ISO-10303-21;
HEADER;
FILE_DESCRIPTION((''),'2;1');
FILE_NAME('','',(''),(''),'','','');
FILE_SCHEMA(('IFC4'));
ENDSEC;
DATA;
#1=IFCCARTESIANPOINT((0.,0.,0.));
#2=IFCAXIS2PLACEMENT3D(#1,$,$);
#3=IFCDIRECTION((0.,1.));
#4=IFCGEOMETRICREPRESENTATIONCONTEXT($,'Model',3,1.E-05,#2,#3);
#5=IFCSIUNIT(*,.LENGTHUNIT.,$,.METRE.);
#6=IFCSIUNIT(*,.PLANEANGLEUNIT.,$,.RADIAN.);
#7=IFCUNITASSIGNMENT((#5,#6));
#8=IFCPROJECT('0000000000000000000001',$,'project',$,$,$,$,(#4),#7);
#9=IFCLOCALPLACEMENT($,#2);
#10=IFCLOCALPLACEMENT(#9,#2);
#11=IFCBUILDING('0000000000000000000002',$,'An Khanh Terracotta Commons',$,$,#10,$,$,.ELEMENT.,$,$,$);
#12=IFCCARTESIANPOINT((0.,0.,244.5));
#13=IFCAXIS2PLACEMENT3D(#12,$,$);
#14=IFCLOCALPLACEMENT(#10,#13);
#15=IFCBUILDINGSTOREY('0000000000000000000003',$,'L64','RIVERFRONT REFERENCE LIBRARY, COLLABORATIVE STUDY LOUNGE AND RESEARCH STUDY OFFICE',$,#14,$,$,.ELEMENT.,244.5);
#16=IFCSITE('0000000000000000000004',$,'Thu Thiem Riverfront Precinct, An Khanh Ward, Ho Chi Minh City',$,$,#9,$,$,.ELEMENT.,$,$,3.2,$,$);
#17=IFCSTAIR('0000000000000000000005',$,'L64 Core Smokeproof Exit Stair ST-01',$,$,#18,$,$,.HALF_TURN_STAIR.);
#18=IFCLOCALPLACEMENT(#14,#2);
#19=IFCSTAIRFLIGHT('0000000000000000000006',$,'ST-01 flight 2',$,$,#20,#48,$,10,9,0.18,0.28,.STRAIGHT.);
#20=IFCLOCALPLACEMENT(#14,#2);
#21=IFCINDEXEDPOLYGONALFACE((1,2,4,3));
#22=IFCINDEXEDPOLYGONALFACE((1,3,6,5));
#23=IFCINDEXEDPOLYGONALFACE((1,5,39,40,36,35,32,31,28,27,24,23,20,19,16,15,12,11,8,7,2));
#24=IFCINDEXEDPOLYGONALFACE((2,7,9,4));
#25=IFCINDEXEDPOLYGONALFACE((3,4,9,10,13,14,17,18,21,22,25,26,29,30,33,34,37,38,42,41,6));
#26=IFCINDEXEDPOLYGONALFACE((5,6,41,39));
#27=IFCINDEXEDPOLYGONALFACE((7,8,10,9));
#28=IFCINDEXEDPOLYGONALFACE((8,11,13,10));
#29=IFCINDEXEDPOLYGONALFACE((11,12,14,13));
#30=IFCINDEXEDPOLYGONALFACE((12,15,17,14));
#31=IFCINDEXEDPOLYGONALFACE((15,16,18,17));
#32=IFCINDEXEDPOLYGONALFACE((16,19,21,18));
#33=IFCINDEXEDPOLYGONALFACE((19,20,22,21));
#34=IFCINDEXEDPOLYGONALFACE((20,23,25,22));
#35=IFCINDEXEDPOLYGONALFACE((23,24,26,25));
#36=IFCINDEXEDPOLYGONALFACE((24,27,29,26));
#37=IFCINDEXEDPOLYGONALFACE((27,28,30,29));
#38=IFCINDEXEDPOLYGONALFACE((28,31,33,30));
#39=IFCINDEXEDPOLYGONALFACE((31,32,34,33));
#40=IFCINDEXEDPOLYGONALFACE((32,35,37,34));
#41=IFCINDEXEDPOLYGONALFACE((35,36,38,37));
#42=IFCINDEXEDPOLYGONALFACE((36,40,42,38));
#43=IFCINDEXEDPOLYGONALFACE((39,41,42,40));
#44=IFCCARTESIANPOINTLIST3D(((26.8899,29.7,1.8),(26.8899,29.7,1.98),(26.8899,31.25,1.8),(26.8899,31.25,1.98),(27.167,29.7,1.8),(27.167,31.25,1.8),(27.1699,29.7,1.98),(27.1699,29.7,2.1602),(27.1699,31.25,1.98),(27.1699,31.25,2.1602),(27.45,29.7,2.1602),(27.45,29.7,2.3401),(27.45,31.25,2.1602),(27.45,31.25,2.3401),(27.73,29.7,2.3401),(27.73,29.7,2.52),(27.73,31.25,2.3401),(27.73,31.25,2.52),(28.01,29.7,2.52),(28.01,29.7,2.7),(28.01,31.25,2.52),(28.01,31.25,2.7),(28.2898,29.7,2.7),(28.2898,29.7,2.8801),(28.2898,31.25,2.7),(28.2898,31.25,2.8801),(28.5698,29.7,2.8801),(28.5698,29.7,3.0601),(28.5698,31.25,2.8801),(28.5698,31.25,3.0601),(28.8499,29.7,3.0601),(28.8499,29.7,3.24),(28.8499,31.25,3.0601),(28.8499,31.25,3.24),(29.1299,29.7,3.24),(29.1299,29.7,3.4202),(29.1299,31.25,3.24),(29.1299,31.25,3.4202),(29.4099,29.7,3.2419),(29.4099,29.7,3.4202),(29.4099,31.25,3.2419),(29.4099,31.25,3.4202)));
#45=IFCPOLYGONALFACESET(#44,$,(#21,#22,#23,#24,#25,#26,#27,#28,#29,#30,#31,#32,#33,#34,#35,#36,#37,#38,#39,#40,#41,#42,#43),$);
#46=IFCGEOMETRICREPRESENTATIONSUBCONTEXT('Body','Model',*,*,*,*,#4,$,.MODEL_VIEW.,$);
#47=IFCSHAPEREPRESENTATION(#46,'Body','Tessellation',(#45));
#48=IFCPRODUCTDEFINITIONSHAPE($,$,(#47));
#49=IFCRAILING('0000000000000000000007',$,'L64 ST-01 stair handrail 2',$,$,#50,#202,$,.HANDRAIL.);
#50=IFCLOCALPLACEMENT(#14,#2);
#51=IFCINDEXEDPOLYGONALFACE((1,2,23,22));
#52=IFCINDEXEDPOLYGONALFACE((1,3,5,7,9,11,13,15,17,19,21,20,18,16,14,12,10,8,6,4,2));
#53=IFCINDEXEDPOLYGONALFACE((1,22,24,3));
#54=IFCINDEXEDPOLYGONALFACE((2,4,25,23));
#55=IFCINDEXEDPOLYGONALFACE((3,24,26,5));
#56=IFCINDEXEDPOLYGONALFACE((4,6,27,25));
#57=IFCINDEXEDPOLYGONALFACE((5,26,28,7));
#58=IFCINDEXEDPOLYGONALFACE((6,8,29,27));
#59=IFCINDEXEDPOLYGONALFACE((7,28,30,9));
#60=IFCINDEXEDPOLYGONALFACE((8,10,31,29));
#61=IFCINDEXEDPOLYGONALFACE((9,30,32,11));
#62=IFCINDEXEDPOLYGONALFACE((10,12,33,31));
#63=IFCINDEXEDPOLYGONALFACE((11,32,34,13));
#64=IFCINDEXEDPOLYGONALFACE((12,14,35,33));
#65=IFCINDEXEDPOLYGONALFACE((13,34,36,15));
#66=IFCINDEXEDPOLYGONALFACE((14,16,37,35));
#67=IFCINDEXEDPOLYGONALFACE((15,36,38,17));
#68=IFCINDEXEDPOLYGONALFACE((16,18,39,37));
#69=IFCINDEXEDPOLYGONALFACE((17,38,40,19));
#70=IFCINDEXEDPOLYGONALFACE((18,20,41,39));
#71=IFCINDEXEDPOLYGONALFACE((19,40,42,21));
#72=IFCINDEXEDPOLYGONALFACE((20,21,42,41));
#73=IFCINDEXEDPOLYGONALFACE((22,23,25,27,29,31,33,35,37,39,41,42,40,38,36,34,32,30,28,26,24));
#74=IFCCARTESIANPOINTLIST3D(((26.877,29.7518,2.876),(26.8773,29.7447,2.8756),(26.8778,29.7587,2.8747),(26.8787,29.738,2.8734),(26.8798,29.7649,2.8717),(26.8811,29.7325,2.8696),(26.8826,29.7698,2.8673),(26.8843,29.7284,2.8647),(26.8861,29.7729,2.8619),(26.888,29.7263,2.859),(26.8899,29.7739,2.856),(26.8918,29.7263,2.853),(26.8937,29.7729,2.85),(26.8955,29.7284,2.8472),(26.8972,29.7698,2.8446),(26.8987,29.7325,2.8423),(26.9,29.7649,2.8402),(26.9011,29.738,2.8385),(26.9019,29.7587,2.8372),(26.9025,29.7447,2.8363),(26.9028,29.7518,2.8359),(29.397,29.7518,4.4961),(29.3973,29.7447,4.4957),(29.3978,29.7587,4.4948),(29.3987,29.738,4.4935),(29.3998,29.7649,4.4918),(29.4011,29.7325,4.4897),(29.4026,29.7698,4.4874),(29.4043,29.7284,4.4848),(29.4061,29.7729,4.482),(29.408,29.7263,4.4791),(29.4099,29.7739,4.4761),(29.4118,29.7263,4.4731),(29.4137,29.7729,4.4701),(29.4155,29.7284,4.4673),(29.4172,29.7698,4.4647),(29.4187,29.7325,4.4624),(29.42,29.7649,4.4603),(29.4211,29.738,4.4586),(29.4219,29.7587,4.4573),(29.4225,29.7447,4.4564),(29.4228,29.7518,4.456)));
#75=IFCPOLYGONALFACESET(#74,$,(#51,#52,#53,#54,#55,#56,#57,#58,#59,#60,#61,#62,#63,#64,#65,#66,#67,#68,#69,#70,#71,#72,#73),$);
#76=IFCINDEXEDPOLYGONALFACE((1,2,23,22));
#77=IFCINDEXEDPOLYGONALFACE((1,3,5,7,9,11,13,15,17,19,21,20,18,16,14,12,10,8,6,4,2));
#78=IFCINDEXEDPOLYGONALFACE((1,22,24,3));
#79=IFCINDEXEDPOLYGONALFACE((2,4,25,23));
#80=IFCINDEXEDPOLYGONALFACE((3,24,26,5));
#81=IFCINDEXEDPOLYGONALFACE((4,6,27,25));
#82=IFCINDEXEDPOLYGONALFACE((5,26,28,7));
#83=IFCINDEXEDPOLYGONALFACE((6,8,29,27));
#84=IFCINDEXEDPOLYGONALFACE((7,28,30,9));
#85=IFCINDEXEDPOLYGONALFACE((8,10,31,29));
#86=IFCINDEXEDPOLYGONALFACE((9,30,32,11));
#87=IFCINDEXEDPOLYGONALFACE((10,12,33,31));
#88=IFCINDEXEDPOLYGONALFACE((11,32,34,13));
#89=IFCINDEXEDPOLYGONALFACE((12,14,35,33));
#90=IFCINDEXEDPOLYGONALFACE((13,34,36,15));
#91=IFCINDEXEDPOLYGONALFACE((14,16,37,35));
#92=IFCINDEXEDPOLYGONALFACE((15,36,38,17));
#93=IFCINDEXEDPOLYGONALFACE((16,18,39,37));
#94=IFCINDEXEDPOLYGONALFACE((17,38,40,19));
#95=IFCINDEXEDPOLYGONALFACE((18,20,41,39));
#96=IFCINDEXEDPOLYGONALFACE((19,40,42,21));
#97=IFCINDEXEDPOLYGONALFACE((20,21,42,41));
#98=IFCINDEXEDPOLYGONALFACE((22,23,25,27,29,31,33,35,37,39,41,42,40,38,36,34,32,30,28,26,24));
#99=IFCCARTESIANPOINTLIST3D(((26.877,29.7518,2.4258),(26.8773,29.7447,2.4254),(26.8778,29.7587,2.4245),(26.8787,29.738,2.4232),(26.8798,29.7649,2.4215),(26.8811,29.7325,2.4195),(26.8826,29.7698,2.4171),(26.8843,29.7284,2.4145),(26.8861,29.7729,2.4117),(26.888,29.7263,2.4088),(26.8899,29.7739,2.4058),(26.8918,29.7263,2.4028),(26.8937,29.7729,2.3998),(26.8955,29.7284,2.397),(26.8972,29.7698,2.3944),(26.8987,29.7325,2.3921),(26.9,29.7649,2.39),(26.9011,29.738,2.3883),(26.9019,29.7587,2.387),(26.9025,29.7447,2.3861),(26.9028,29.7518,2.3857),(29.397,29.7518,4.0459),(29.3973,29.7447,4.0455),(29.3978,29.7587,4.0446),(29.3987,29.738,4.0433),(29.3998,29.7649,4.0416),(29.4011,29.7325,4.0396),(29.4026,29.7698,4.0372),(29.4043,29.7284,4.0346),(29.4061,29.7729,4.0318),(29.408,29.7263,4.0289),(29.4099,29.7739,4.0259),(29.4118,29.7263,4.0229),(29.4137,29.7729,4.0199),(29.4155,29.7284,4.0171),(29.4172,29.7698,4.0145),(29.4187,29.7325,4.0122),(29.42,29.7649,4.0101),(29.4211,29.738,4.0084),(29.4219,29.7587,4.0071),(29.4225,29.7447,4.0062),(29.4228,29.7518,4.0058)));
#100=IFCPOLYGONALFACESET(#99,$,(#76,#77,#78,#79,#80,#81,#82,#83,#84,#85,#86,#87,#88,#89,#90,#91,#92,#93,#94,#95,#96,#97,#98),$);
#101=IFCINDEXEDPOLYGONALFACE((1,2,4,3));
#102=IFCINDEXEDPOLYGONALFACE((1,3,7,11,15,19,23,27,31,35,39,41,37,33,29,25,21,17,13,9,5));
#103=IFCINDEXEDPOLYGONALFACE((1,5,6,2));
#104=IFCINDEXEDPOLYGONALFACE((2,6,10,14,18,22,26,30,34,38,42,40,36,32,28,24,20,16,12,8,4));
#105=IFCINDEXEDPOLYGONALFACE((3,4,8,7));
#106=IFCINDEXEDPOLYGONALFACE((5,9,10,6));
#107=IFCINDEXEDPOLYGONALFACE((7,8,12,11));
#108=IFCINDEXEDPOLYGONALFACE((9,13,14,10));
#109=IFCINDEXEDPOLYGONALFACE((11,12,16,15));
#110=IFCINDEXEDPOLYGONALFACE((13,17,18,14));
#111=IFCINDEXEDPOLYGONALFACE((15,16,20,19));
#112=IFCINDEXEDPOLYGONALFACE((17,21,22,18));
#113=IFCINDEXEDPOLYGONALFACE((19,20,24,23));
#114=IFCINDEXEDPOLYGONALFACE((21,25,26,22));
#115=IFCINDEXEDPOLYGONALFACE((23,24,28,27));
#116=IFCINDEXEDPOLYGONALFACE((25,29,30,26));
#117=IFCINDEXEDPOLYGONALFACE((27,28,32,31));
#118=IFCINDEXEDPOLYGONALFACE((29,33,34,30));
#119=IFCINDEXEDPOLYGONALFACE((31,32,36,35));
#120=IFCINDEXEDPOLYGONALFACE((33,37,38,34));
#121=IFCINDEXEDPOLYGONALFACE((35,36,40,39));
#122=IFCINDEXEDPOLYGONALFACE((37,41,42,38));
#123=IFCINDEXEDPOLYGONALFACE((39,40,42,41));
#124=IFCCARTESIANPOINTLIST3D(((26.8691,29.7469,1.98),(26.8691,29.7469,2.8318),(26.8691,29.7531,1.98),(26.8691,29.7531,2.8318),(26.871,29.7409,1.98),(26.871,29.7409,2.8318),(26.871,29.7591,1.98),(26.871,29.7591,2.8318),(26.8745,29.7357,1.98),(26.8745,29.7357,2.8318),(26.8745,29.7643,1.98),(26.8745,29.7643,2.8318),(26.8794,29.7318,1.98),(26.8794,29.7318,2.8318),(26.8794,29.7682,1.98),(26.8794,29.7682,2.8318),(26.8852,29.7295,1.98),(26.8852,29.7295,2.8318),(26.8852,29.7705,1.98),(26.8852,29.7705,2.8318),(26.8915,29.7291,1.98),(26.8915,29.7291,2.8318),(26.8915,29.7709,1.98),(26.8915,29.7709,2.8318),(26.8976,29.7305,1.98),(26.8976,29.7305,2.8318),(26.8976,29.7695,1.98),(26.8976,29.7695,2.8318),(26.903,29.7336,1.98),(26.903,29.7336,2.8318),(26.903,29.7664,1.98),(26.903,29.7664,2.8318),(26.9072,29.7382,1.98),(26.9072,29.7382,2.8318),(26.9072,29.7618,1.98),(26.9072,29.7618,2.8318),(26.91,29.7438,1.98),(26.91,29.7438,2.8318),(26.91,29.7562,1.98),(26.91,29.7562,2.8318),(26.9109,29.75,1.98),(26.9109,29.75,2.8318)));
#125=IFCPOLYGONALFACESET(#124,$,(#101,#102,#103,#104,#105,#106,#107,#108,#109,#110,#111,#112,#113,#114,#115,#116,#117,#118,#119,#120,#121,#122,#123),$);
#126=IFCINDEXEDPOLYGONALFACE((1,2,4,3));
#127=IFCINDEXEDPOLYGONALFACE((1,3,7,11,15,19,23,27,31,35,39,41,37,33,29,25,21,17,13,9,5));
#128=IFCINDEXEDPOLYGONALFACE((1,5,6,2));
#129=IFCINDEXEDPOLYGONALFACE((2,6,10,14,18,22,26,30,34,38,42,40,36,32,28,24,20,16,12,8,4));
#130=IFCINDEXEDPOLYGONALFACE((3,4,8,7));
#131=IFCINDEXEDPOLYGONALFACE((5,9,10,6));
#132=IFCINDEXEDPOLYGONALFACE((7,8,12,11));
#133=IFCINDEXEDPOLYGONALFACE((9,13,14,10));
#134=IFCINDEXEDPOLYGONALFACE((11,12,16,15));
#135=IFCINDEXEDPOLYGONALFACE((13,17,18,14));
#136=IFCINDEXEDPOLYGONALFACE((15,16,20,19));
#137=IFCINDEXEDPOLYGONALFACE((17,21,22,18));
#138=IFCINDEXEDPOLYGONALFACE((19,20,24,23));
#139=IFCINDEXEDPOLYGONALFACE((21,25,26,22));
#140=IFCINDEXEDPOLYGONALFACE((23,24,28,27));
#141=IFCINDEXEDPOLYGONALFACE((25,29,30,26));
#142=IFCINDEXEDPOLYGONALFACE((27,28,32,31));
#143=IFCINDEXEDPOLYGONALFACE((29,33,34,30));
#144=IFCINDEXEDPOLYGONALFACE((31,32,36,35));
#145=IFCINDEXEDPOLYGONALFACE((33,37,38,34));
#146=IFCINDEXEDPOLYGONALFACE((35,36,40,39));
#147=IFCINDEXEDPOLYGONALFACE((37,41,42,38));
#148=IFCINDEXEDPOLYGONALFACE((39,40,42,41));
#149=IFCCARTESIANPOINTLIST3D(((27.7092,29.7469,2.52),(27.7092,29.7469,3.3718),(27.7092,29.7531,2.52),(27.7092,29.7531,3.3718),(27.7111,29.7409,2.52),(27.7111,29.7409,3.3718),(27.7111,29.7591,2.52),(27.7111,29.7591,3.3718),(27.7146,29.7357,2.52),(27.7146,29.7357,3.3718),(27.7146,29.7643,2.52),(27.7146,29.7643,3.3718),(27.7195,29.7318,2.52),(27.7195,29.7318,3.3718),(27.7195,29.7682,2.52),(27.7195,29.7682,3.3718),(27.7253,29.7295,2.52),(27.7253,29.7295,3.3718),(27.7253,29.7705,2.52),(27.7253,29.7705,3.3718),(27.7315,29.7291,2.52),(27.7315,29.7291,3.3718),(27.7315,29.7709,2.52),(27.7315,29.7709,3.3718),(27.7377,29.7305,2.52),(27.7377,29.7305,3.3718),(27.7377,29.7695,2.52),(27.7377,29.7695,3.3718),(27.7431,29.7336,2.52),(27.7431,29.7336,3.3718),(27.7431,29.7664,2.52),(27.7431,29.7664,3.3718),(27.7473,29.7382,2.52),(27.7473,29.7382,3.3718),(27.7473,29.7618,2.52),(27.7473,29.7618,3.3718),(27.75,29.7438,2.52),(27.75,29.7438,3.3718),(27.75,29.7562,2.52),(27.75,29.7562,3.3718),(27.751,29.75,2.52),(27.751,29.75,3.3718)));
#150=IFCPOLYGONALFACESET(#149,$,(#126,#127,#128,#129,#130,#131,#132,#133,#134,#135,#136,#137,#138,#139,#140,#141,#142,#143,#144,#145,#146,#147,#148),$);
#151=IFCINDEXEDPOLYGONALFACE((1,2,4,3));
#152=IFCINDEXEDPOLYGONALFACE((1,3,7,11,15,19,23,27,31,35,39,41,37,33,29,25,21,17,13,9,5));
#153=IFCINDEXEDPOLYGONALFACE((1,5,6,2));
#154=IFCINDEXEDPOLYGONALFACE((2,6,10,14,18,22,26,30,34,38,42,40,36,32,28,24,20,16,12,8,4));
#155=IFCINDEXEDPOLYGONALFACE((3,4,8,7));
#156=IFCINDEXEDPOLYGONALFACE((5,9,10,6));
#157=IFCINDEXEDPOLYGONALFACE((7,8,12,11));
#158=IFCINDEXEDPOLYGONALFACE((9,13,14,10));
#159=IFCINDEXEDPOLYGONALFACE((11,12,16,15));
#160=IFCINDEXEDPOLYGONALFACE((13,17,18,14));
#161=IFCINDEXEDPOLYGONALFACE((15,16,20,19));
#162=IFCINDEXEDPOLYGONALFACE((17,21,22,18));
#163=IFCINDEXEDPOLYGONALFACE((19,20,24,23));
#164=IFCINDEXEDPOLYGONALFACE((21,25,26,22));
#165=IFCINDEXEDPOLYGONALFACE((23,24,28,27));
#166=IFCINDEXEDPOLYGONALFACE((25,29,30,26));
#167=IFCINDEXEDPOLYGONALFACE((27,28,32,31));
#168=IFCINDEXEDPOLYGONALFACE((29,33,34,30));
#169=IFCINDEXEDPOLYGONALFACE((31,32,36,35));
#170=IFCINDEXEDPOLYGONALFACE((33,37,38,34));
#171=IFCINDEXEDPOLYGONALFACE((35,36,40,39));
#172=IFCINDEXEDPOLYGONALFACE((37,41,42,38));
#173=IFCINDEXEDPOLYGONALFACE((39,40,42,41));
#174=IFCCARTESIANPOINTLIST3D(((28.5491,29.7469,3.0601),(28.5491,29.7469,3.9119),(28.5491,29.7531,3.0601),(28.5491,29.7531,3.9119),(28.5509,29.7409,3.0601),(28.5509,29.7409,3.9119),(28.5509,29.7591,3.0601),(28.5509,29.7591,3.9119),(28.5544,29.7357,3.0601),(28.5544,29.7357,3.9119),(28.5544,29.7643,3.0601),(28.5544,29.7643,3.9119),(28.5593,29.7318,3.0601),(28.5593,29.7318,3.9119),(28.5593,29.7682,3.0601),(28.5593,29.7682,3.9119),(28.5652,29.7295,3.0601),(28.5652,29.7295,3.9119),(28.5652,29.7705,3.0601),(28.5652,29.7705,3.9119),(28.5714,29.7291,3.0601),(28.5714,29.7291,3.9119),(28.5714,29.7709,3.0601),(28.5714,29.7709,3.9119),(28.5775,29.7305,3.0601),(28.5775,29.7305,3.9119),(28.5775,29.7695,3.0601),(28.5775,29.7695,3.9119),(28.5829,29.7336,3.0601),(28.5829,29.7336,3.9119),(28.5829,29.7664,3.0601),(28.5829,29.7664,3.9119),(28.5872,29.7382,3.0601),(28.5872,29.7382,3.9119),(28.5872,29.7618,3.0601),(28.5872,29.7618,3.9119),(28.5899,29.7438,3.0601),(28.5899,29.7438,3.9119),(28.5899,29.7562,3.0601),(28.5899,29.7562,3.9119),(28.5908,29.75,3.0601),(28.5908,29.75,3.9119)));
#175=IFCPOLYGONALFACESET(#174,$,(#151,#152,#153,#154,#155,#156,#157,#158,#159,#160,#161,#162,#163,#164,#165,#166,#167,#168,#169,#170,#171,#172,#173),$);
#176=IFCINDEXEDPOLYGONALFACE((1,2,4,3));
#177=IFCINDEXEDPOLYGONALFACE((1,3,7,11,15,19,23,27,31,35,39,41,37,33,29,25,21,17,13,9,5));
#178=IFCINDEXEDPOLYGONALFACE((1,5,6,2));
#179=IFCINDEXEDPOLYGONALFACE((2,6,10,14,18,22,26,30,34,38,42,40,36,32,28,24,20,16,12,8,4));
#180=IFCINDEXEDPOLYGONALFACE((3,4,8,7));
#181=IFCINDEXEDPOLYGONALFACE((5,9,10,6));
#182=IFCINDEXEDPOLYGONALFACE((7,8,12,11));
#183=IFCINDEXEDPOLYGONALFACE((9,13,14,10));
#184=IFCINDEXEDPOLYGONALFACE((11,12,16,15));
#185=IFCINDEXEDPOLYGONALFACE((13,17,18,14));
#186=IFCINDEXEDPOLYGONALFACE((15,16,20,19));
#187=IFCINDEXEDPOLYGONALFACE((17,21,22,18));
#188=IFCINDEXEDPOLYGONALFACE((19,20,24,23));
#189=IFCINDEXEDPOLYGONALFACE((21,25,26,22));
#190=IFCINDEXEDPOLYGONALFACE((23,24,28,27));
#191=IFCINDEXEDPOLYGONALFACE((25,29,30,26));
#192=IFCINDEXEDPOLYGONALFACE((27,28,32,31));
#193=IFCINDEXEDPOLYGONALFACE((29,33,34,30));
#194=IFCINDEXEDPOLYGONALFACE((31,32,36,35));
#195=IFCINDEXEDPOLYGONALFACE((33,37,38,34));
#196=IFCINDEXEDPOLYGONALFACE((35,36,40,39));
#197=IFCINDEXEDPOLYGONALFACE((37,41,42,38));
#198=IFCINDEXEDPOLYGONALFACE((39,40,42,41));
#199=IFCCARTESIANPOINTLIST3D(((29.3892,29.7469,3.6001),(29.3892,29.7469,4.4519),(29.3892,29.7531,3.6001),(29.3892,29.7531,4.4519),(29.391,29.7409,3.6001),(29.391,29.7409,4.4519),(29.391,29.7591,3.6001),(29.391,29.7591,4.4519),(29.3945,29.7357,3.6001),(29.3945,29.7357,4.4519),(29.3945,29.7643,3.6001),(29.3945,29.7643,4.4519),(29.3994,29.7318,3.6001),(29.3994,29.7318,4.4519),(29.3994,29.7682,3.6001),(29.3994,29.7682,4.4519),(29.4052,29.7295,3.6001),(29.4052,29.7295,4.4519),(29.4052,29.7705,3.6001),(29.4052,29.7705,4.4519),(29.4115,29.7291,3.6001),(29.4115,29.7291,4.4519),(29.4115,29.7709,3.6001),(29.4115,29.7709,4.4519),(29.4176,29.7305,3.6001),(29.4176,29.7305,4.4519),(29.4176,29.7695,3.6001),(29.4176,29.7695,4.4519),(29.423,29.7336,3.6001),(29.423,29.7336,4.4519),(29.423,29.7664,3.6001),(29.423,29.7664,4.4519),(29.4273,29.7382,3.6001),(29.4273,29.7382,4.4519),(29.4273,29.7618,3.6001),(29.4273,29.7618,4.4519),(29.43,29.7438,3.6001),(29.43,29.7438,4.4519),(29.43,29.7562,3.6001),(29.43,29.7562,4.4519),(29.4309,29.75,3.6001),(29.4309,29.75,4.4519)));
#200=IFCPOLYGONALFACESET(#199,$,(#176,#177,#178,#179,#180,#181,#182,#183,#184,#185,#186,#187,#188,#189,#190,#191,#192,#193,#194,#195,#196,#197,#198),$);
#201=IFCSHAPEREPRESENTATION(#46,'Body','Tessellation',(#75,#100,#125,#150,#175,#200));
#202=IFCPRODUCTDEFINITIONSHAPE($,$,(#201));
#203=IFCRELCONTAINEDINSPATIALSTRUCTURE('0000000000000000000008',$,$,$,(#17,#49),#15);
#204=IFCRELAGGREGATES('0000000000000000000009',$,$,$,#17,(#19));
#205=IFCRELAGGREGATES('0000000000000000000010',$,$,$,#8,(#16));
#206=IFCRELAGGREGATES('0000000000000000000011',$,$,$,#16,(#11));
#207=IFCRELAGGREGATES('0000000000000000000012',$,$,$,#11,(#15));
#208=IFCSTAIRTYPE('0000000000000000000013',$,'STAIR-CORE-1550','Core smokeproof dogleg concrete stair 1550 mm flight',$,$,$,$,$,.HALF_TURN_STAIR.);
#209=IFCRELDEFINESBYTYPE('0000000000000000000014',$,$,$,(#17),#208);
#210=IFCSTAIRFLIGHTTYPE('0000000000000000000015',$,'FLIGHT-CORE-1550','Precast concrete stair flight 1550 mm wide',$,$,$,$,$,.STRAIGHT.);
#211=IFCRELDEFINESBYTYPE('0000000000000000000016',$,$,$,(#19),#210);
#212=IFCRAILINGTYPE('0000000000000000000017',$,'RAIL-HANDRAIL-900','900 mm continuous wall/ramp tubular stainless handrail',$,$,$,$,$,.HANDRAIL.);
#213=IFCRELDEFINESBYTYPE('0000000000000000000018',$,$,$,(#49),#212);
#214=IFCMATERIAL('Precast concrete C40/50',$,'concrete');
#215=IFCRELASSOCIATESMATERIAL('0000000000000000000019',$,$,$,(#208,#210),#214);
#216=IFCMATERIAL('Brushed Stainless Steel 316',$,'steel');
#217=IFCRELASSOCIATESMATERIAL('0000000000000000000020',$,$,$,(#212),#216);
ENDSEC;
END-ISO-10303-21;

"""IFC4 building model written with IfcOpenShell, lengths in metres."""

from ifc_helpers import new_model, si_unit, direction, frame, origin, origin_2d, place, context, subcontext, project, spatial, polyline, circle, outline, extrude, material, type_object, element, aggregate, save


model = new_model("IFC4")

# Units and contexts
model_context = context("Model", 3, precision=1e-05, world=origin(), true_north=direction((0.0, 1.0)))
body_context = subcontext(model_context, "Body", "Model", "MODEL_VIEW")
ifc_project = project(units=[si_unit("LENGTHUNIT", "METRE"), si_unit("PLANEANGLEUNIT", "RADIAN")], contexts=[model_context])

# Site, building, storey
site_placement = place(None, origin())
site = spatial("IfcSite", under=ifc_project, at=site_placement, Name="Thu Thiem Riverfront Precinct, An Khanh Ward, Ho Chi Minh City", CompositionType="ELEMENT", RefElevation=3.2)
building_placement = place(site_placement, origin())
building = spatial("IfcBuilding", under=site, at=building_placement, Name="An Khanh Terracotta Commons", CompositionType="ELEMENT")
storey_placement = place(building_placement, frame((0.0, 0.0, 244.5)))
storey = spatial("IfcBuildingStorey", under=building, at=storey_placement, Name="L64", Description="RIVERFRONT REFERENCE LIBRARY, COLLABORATIVE STUDY LOUNGE AND RESEARCH STUDY OFFICE", CompositionType="ELEMENT", Elevation=244.5)

# Stair, stair flight
ifc_material_1 = material(Name="Precast concrete C40/50", Category="concrete")
stair_type = type_object("IfcStairType", Name="STAIR-CORE-1550", Description="Core smokeproof dogleg concrete stair 1550 mm flight", PredefinedType="HALF_TURN_STAIR", material=ifc_material_1)
stair_placement = place(storey_placement, origin())
stair = element("IfcStair", 1, at=stair_placement, inside=storey, type_object=stair_type, Name="L64 Core Smokeproof Exit Stair ST-01", PredefinedType="HALF_TURN_STAIR")
stair_flight_type = type_object("IfcStairFlightType", Name="FLIGHT-CORE-1550", Description="Precast concrete stair flight 1550 mm wide", PredefinedType="STRAIGHT", material=ifc_material_1)
stair_flight_1_placement = place(storey_placement, frame((26.8899, 30.4751, 1.8), z_axis=(0.0, 0.0, 1.0), x_axis=(1.0, 0.0, 0.0)))
stair_flight_1 = element("IfcStairFlight", 2, at=stair_flight_1_placement, type_object=stair_flight_type, Name="ST-01 flight 2", NumberOfRisers=10, NumberOfTreads=9, PredefinedType="STRAIGHT", RiserHeight=0.18, TreadLength=0.28, context=body_context, shape_type="SweptSolid", body=[
    extrude(outline(polyline([(0.0, 0.0), (0.0, 0.1799), (0.28, 0.1799), (0.28, 0.3601), (0.5601, 0.3601), (0.5601, 0.54), (0.8401, 0.54), (0.8401, 0.72), (1.1201, 0.72), (1.1201, 0.8999), (1.3999, 0.8999), (1.3999, 1.0801), (1.6799, 1.0801), (1.6799, 1.26), (1.96, 1.26), (1.96, 1.4399), (2.24, 1.4399), (2.24, 1.6201), (2.52, 1.6201), (2.52, 1.8), (2.52, 1.4419), (0.2771, 0.0), (0.0, 0.0)])), frame((0.0, 0.7749, 0.0), z_axis=(0.0, -1.0, 0.0), x_axis=(1.0, 0.0, 0.0)), (0.0, 0.0, 1.0), 1.55),
])
aggregate(stair, [stair_flight_1])

# Railing
ifc_material_2 = material(Name="Brushed Stainless Steel 316", Category="steel")
railing_type_1 = type_object("IfcRailingType", Name="RAIL-HANDRAIL-900", Description="900 mm continuous wall/ramp tubular stainless handrail", PredefinedType="HANDRAIL", material=ifc_material_2)
railing_1_placement = place(storey_placement, frame((26.8899, 29.75, 1.98)))
element("IfcRailing", 3, at=railing_1_placement, inside=storey, type_object=railing_type_1, Name="L64 ST-01 stair handrail 2", PredefinedType="HANDRAIL", context=body_context, shape_type="SweptSolid", body=[
    extrude(circle(Radius=0.0239, at=origin_2d()), frame((0.0, 0.0, 0.876), z_axis=(0.841163, 0.0, 0.540782), x_axis=(0.0, 1.0, 0.0)), (0.0, 0.0, 1.0), 2.9958),
    extrude(circle(Radius=0.0239, at=origin_2d()), frame((0.0, 0.0, 0.4258), z_axis=(0.841163, 0.0, 0.540782), x_axis=(0.0, 1.0, 0.0)), (0.0, 0.0, 1.0), 2.9958),
    extrude(circle(Radius=0.021, at=origin_2d()), origin(), (0.0, 0.0, 1.0), 0.8518),
    extrude(circle(Radius=0.021, at=origin_2d()), frame((0.8401, 0.0, 0.54)), (0.0, 0.0, 1.0), 0.8518),
    extrude(circle(Radius=0.021, at=origin_2d()), frame((1.6799, 0.0, 1.0801)), (0.0, 0.0, 1.0), 0.8518),
    extrude(circle(Radius=0.021, at=origin_2d()), frame((2.52, 0.0, 1.6201)), (0.0, 0.0, 1.0), 0.8518),
])

save(model, "model.ifc")
